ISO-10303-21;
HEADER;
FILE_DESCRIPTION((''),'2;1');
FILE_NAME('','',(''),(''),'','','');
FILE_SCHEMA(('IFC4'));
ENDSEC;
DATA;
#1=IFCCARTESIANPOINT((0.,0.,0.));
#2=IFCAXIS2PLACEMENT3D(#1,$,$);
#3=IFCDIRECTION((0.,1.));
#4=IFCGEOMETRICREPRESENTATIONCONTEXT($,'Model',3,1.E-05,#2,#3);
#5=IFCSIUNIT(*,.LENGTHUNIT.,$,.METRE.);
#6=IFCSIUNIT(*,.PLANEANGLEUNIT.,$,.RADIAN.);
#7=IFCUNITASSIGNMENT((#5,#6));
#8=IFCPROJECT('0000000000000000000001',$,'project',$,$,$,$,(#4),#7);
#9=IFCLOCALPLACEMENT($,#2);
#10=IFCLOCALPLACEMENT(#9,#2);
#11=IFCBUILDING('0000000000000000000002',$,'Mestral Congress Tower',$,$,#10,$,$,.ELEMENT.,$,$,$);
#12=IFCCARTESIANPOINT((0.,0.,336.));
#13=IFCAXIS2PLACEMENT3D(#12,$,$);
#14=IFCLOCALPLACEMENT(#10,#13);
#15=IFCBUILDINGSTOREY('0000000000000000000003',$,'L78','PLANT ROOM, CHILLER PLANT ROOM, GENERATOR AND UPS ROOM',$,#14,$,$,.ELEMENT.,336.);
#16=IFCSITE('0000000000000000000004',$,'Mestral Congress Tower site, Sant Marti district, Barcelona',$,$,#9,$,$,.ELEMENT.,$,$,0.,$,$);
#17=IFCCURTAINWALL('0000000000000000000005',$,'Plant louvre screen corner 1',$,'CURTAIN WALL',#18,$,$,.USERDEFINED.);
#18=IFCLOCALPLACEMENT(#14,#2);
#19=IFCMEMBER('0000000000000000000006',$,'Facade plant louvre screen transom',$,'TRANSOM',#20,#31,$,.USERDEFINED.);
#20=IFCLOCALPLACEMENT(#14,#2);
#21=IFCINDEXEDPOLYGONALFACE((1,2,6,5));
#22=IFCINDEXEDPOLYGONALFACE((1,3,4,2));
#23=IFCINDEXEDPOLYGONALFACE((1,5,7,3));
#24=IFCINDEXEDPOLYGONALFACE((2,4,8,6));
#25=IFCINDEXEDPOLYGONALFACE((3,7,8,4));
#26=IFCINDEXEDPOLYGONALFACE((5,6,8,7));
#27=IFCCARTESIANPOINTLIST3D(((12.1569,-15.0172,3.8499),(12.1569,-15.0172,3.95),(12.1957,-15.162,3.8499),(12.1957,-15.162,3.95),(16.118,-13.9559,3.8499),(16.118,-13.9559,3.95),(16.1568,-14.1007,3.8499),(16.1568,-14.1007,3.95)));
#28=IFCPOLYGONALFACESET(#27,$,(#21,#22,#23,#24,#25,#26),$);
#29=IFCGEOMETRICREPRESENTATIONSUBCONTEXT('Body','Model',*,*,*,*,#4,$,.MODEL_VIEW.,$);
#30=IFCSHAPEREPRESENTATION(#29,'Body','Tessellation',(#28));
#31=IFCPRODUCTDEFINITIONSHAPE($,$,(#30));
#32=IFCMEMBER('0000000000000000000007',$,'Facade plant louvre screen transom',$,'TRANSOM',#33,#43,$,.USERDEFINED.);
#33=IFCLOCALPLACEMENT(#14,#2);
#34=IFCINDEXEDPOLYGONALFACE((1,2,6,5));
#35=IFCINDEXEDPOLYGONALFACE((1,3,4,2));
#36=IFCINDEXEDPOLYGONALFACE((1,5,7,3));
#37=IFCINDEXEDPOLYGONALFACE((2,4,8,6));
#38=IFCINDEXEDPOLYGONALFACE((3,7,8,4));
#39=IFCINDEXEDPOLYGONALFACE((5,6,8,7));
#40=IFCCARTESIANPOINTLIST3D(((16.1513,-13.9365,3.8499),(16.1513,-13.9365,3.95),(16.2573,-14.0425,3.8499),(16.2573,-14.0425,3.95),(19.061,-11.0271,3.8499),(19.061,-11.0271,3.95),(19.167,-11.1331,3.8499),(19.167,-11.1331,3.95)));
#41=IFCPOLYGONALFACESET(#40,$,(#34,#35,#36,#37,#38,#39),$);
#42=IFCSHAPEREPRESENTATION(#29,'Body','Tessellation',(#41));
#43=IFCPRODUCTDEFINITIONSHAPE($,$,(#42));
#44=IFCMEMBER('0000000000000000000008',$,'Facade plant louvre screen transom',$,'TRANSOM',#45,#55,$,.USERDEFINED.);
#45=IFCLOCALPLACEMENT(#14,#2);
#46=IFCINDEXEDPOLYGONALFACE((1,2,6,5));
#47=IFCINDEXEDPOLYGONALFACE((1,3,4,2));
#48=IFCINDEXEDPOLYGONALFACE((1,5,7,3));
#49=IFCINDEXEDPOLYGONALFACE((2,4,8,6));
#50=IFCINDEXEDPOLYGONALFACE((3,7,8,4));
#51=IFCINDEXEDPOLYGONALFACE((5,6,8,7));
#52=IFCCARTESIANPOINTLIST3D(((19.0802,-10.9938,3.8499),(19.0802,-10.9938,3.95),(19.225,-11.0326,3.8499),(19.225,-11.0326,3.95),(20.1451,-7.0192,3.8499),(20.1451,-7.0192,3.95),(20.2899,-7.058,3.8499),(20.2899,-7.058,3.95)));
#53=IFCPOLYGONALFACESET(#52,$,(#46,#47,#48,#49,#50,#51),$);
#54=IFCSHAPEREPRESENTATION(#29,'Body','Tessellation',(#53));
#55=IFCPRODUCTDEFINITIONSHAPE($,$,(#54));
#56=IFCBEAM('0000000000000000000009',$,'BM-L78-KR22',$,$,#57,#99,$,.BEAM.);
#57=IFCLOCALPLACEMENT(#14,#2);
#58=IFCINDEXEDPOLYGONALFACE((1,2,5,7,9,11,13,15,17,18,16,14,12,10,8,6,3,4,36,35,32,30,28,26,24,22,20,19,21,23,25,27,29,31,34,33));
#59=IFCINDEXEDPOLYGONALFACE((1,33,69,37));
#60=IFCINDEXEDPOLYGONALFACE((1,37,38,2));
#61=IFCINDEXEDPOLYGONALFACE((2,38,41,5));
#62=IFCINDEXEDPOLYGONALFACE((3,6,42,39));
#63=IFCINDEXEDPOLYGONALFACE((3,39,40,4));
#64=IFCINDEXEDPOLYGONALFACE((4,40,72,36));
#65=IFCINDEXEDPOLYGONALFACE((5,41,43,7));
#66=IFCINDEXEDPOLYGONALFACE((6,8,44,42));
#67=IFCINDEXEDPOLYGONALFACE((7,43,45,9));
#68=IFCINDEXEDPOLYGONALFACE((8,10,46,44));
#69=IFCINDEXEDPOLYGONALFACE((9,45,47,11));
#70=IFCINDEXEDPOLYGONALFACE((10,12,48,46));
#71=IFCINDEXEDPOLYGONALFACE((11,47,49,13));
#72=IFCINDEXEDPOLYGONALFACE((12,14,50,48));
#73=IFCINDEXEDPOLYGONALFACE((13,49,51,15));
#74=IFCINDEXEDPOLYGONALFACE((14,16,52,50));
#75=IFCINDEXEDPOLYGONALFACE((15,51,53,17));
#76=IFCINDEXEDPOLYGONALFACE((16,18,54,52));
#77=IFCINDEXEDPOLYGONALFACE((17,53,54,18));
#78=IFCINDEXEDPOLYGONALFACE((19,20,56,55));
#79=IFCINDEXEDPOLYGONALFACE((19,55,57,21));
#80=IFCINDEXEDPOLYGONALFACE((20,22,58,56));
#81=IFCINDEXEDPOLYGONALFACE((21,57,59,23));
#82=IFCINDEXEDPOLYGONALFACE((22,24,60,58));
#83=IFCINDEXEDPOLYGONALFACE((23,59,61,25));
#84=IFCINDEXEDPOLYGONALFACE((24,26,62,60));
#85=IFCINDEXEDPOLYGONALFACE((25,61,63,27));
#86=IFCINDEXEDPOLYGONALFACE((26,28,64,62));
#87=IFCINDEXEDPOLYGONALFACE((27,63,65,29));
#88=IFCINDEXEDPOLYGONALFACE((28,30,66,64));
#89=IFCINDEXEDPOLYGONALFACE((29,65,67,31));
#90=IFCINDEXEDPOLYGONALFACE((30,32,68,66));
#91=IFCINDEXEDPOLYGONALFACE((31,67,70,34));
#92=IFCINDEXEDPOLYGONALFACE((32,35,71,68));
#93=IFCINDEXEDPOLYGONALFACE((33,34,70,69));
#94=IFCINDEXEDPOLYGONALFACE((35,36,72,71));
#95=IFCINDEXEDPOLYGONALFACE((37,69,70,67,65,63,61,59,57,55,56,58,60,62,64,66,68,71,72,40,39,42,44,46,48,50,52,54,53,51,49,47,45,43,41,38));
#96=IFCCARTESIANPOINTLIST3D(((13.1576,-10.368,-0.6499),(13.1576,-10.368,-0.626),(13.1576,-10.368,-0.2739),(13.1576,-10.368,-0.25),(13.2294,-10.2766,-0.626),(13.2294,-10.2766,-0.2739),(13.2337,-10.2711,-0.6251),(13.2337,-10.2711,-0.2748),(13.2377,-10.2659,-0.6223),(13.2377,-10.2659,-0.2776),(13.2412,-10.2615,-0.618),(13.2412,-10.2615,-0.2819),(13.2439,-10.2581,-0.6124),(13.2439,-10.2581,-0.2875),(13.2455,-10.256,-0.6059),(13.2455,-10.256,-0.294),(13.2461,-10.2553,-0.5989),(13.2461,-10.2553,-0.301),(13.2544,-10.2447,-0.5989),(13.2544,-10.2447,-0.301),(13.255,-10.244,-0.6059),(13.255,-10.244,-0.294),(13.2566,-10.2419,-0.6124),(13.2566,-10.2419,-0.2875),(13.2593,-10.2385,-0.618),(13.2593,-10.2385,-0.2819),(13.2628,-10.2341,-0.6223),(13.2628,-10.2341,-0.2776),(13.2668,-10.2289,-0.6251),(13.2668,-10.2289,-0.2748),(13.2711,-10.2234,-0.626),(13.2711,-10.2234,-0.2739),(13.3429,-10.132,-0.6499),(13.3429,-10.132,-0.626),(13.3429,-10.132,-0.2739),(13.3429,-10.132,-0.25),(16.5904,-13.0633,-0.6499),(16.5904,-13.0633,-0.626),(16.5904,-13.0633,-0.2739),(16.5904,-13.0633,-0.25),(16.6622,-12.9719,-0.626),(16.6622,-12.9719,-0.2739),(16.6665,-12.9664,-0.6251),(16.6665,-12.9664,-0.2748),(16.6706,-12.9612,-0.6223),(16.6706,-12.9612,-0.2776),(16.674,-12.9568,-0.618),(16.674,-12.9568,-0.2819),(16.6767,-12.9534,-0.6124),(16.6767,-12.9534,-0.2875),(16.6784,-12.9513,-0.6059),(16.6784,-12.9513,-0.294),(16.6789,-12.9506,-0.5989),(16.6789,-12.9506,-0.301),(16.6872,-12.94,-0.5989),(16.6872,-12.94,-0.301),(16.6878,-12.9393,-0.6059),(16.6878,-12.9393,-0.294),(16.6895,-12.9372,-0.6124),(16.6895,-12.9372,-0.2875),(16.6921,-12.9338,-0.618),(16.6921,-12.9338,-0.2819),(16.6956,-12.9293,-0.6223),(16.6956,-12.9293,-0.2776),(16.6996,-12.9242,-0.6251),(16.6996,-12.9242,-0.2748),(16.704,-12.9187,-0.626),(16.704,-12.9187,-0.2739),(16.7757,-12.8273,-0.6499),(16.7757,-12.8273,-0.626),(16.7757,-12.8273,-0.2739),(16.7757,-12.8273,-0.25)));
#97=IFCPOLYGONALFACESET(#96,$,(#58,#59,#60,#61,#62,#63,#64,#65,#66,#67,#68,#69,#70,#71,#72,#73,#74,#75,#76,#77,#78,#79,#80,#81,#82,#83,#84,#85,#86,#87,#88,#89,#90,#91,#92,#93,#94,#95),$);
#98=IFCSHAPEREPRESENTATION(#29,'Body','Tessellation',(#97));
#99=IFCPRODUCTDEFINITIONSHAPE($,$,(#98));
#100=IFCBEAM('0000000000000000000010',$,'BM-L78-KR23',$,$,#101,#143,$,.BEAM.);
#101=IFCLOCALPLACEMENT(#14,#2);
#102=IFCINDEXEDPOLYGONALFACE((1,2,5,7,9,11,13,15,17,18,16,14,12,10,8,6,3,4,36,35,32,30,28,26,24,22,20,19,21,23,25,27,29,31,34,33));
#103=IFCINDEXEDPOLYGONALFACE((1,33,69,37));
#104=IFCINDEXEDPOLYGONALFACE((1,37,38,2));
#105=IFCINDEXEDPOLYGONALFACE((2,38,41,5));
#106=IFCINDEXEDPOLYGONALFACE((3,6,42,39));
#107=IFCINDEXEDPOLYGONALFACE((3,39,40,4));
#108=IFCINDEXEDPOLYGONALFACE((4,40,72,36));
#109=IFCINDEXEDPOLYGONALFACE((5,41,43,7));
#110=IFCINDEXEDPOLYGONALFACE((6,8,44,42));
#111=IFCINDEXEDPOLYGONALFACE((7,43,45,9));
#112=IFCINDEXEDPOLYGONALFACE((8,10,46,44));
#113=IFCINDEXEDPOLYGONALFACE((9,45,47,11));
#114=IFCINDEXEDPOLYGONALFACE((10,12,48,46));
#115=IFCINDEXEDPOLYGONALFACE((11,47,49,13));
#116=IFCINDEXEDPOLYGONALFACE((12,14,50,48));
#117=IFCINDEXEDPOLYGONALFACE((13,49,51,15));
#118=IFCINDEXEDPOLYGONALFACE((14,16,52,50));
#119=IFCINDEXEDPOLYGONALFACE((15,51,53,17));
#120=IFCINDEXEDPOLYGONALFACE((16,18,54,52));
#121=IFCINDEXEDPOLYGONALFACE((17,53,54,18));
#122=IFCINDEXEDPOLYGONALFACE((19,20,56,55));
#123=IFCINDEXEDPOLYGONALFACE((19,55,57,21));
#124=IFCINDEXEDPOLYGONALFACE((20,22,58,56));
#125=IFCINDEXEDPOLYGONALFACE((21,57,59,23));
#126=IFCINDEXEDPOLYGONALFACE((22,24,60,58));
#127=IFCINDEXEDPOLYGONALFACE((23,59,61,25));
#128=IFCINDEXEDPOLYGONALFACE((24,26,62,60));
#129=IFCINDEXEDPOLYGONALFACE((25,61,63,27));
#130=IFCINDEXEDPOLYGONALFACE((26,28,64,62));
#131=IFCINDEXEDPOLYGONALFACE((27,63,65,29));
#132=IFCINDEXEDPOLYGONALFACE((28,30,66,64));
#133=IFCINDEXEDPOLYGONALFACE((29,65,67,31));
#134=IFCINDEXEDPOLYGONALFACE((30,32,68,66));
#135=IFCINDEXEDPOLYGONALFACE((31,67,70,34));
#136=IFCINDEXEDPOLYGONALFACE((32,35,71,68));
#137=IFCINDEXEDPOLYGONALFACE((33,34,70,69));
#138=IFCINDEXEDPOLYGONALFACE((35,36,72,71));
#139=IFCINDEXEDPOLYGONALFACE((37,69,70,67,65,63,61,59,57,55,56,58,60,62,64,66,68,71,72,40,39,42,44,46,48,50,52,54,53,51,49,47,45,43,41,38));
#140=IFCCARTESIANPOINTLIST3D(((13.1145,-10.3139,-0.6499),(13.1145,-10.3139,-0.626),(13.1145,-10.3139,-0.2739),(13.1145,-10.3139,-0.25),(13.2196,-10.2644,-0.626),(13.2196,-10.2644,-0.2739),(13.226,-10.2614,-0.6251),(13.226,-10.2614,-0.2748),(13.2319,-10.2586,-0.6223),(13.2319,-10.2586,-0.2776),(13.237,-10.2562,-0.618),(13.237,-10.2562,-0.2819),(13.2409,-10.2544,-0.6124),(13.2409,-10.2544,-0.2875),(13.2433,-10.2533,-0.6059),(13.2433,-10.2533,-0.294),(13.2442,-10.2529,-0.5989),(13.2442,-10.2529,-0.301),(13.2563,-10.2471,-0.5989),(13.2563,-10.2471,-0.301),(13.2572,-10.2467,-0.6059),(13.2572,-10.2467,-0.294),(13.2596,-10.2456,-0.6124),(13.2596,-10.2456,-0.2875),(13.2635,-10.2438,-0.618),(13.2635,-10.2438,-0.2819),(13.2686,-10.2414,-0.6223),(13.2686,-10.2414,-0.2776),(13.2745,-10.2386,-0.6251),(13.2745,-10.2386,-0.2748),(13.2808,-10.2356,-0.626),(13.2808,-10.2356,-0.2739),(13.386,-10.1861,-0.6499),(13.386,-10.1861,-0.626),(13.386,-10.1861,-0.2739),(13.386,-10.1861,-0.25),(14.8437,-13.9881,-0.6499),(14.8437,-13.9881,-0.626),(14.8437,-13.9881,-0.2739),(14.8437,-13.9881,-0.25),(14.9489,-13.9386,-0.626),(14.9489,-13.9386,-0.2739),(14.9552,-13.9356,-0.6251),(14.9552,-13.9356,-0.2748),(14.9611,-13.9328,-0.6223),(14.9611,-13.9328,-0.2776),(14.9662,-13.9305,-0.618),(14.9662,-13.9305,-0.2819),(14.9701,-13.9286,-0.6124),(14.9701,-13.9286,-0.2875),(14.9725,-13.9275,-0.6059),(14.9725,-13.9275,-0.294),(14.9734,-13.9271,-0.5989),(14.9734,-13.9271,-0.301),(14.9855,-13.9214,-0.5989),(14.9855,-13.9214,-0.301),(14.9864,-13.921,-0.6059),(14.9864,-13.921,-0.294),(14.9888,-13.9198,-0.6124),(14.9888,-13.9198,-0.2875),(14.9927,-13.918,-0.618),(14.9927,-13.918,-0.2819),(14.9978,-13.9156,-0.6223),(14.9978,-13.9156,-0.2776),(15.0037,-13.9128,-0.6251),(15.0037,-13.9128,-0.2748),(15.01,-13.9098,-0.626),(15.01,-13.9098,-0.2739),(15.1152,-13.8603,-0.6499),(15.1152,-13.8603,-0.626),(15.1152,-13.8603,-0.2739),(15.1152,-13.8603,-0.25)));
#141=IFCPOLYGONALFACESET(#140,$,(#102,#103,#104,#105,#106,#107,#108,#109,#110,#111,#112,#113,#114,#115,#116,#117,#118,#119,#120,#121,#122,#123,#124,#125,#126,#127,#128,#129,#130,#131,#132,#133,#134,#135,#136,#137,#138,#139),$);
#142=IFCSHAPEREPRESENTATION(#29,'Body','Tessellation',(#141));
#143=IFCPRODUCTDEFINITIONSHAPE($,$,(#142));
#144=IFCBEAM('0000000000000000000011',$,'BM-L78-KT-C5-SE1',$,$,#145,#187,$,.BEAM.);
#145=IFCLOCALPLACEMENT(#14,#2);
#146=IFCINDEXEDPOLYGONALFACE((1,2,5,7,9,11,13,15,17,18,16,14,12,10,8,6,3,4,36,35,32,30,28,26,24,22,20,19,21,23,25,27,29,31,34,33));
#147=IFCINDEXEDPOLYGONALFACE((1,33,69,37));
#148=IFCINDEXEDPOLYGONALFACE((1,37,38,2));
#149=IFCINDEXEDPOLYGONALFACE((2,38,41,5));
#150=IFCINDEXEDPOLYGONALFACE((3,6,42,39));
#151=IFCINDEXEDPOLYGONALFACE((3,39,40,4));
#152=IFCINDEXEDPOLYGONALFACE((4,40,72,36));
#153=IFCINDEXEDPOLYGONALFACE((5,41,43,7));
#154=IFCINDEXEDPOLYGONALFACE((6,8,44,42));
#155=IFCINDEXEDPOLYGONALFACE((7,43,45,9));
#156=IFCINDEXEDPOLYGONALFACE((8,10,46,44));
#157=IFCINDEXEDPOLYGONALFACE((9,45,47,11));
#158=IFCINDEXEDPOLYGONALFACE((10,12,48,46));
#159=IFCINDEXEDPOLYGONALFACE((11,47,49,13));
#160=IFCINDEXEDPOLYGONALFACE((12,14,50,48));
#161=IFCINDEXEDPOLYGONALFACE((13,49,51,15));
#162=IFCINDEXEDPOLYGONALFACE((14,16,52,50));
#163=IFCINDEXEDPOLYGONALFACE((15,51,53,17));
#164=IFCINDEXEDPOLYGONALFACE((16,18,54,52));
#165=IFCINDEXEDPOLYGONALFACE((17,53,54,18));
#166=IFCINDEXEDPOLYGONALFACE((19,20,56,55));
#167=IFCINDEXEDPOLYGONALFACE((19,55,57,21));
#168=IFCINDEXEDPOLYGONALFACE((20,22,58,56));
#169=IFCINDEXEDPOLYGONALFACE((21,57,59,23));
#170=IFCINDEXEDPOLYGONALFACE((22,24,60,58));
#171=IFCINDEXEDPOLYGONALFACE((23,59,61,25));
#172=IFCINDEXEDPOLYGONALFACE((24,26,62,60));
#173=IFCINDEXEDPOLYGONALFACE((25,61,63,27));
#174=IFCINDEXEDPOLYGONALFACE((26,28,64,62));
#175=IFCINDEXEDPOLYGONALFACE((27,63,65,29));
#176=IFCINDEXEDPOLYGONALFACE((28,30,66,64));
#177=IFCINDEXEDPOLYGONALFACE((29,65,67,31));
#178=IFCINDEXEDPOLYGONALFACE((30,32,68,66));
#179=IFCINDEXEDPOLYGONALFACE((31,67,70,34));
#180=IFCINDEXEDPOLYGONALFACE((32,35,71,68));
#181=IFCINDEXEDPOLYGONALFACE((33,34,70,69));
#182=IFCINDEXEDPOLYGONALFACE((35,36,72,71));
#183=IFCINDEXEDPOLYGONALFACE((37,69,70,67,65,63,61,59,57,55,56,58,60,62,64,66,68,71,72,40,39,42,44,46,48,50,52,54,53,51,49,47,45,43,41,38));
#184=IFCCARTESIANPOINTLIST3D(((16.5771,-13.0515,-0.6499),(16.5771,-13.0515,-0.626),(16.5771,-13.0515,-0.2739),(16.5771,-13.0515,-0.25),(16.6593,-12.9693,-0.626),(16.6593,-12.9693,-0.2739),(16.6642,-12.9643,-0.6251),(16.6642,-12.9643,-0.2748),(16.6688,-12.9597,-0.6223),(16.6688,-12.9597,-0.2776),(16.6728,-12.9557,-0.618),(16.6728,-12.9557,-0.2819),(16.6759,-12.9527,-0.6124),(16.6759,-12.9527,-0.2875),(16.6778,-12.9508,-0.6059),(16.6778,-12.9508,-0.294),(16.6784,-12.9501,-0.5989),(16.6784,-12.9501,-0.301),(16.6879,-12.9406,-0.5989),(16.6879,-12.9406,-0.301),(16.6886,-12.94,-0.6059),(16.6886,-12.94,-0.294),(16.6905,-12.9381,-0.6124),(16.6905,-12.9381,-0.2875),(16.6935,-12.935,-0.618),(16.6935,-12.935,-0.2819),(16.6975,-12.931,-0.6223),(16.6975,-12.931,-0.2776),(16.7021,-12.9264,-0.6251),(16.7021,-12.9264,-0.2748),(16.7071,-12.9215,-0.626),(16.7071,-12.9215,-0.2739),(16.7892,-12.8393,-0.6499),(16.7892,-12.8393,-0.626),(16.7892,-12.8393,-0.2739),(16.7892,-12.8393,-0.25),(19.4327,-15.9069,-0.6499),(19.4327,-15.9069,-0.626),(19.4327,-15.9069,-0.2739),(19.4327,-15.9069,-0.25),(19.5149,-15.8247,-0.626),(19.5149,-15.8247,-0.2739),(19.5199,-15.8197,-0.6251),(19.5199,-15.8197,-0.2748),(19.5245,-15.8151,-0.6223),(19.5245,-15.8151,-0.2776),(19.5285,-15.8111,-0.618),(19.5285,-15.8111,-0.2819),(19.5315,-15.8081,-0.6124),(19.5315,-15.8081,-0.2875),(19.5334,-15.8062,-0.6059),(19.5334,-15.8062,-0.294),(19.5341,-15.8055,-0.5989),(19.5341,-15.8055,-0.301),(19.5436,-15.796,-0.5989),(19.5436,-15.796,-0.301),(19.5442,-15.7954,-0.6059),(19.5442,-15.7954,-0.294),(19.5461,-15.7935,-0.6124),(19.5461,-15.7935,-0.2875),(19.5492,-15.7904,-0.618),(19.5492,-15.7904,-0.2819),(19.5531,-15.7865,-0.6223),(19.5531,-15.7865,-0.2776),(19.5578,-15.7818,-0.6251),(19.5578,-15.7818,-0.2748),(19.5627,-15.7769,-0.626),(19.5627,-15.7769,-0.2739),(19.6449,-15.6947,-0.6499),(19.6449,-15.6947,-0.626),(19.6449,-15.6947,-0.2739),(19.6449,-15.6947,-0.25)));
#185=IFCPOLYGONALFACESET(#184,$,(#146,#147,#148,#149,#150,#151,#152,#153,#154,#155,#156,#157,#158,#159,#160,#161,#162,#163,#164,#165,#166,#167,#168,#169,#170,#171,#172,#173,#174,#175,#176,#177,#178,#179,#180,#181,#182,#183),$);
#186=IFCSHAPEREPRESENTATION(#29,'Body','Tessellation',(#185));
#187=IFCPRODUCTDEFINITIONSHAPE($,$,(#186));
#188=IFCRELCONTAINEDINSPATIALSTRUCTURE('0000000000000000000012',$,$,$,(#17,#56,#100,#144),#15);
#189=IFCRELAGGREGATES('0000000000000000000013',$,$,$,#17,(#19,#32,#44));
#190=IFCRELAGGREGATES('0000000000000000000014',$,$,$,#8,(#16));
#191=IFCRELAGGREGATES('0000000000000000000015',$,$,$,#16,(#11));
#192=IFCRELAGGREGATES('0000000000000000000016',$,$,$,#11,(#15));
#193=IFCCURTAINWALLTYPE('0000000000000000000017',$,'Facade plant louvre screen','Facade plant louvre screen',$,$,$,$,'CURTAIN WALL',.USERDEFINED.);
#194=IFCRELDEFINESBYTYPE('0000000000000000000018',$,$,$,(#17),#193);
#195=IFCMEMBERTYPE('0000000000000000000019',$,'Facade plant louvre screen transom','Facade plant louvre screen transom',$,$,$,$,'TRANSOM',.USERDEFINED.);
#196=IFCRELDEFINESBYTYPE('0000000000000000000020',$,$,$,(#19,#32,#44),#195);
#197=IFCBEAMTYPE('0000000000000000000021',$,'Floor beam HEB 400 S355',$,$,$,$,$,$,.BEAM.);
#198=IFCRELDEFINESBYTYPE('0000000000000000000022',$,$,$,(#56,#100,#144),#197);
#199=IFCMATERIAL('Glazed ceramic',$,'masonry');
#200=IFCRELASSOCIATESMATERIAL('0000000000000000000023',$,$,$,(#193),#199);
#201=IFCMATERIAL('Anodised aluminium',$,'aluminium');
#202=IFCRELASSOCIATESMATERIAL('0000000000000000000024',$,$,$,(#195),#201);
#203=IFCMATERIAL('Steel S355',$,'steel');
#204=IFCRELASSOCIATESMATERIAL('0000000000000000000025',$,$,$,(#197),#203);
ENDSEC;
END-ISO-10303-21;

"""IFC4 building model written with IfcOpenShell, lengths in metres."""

from ifc_helpers import new_model, si_unit, direction, frame, origin, origin_2d, place, context, subcontext, project, spatial, rectangle, i_section, extrude, material, material_profile, profile_set, type_object, element, aggregate, save


model = new_model("IFC4")

# Units and contexts
model_context = context("Model", 3, precision=1e-05, world=origin(), true_north=direction((0.0, 1.0)))
body_context = subcontext(model_context, "Body", "Model", "MODEL_VIEW")
ifc_project = project(units=[si_unit("LENGTHUNIT", "METRE"), si_unit("PLANEANGLEUNIT", "RADIAN")], contexts=[model_context])

# Site, building, storey
site_placement = place(None, origin())
site = spatial("IfcSite", under=ifc_project, at=site_placement, Name="Mestral Congress Tower site, Sant Marti district, Barcelona", CompositionType="ELEMENT", RefElevation=0.0)
building_placement = place(site_placement, origin())
building = spatial("IfcBuilding", under=site, at=building_placement, Name="Mestral Congress Tower", CompositionType="ELEMENT")
storey_placement = place(building_placement, frame((0.0, 0.0, 336.0)))
storey = spatial("IfcBuildingStorey", under=building, at=storey_placement, Name="L78", Description="PLANT ROOM, CHILLER PLANT ROOM, GENERATOR AND UPS ROOM", CompositionType="ELEMENT", Elevation=336.0)

# Shared definitions
ifc_material_1 = material(Name="Steel S355", Category="steel")

# Curtain wall, members
ifc_material_2 = material(Name="Glazed ceramic", Category="masonry")
curtain_wall_type = type_object("IfcCurtainWallType", Name="Facade plant louvre screen", Description="Facade plant louvre screen", ElementType="CURTAIN WALL", PredefinedType="USERDEFINED", material=ifc_material_2)
curtain_wall_placement = place(storey_placement, origin())
curtain_wall = element("IfcCurtainWall", 1, at=curtain_wall_placement, inside=storey, type_object=curtain_wall_type, Name="Plant louvre screen corner 1", ObjectType="CURTAIN WALL", PredefinedType="USERDEFINED")
ifc_material_3 = material(Name="Anodised aluminium", Category="aluminium")
ifc_material_profile_1 = material_profile(ifc_material_3, rectangle(XDim=0.1499, YDim=0.1001, at=origin_2d()), Name="CW6 transom 150 x 100")
ifc_profile_set_1 = profile_set([ifc_material_profile_1], Name="Anodised aluminium")
member_type_1 = type_object("IfcMemberType", Name="Facade plant louvre screen transom", Description="Facade plant louvre screen transom", ElementType="TRANSOM", PredefinedType="USERDEFINED", material=ifc_profile_set_1)
member_1_placement = place(storey_placement, frame((12.1763, -15.0896, 3.8999), z_axis=(0.965933, 0.258793, 0.0), x_axis=(-0.258793, 0.965933, 0.0)))
member_1 = element("IfcMember", 2, at=member_1_placement, type_object=member_type_1, Name="Facade plant louvre screen transom", ObjectType="TRANSOM", PredefinedType="USERDEFINED", context=body_context, shape_type="SweptSolid", body=[
    extrude(rectangle(XDim=0.1499, YDim=0.1001, at=origin_2d()), origin(), (0.0, 0.0, 1.0), 4.1008),
])
member_2_placement = place(storey_placement, frame((16.2043, -13.9895, 3.8999), z_axis=(0.707136, 0.707077, 0.0), x_axis=(-0.707077, 0.707136, 0.0)))
member_2 = element("IfcMember", 3, at=member_2_placement, type_object=member_type_1, Name="Facade plant louvre screen transom", ObjectType="TRANSOM", PredefinedType="USERDEFINED", context=body_context, shape_type="SweptSolid", body=[
    extrude(rectangle(XDim=0.1499, YDim=0.1001, at=origin_2d()), origin(), (0.0, 0.0, 1.0), 4.1147),
])
member_3_placement = place(storey_placement, frame((19.1526, -11.0132, 3.8999), z_axis=(0.258807, 0.965929, 0.0), x_axis=(-0.965929, 0.258807, 0.0)))
member_3 = element("IfcMember", 4, at=member_3_placement, type_object=member_type_1, Name="Facade plant louvre screen transom", ObjectType="TRANSOM", PredefinedType="USERDEFINED", context=body_context, shape_type="SweptSolid", body=[
    extrude(rectangle(XDim=0.1499, YDim=0.1001, at=origin_2d()), origin(), (0.0, 0.0, 1.0), 4.1147),
])

# Beams
ifc_material_profile_2 = material_profile(ifc_material_1, i_section(OverallWidth=0.3, OverallDepth=0.3999, WebThickness=0.0134, FlangeThickness=0.0239, FilletRadius=0.0271, at=origin_2d()), Name="HEB 400")
ifc_profile_set_2 = profile_set([ifc_material_profile_2], Name="Steel S355")
beam_type_1 = type_object("IfcBeamType", Name="Floor beam HEB 400 S355", PredefinedType="BEAM", material=ifc_profile_set_2)
beam_1_placement = place(storey_placement, frame((13.2502, -10.25, -0.45), z_axis=(0.786534, -0.617547, 0.0), x_axis=(0.617547, 0.786534, 0.0)))
element("IfcBeam", 5, at=beam_1_placement, inside=storey, type_object=beam_type_1, Name="BM-L78-KR22", PredefinedType="BEAM", context=body_context, shape_type="SweptSolid", body=[
    extrude(i_section(OverallWidth=0.3, OverallDepth=0.3999, WebThickness=0.0134, FlangeThickness=0.0239, FilletRadius=0.0271, at=origin_2d()), origin(), (0.0, 0.0, 1.0), 4.3645),
])
beam_2_placement = place(storey_placement, frame((13.2502, -10.25, -0.45), z_axis=(0.425829, -0.904804, 0.0), x_axis=(0.904804, 0.425829, 0.0)))
element("IfcBeam", 6, at=beam_2_placement, inside=storey, type_object=beam_type_1, Name="BM-L78-KR23", PredefinedType="BEAM", context=body_context, shape_type="SweptSolid", body=[
    extrude(i_section(OverallWidth=0.3, OverallDepth=0.3999, WebThickness=0.0134, FlangeThickness=0.0239, FilletRadius=0.0271, at=origin_2d()), origin(), (0.0, 0.0, 1.0), 4.0608),
])
beam_3_placement = place(storey_placement, frame((19.5388, -15.8008, -0.45), z_axis=(-0.707137, 0.707077, 0.0), x_axis=(-0.707077, -0.707137, 0.0)))
element("IfcBeam", 7, at=beam_3_placement, inside=storey, type_object=beam_type_1, Name="BM-L78-KT-C5-SE1", PredefinedType="BEAM", context=body_context, shape_type="SweptSolid", body=[
    extrude(i_section(OverallWidth=0.3, OverallDepth=0.3999, WebThickness=0.0134, FlangeThickness=0.0239, FilletRadius=0.0271, at=origin_2d()), origin(), (0.0, 0.0, 1.0), 4.0383),
])

aggregate(curtain_wall, [member_1, member_2, member_3])

save(model, "model.ifc")
